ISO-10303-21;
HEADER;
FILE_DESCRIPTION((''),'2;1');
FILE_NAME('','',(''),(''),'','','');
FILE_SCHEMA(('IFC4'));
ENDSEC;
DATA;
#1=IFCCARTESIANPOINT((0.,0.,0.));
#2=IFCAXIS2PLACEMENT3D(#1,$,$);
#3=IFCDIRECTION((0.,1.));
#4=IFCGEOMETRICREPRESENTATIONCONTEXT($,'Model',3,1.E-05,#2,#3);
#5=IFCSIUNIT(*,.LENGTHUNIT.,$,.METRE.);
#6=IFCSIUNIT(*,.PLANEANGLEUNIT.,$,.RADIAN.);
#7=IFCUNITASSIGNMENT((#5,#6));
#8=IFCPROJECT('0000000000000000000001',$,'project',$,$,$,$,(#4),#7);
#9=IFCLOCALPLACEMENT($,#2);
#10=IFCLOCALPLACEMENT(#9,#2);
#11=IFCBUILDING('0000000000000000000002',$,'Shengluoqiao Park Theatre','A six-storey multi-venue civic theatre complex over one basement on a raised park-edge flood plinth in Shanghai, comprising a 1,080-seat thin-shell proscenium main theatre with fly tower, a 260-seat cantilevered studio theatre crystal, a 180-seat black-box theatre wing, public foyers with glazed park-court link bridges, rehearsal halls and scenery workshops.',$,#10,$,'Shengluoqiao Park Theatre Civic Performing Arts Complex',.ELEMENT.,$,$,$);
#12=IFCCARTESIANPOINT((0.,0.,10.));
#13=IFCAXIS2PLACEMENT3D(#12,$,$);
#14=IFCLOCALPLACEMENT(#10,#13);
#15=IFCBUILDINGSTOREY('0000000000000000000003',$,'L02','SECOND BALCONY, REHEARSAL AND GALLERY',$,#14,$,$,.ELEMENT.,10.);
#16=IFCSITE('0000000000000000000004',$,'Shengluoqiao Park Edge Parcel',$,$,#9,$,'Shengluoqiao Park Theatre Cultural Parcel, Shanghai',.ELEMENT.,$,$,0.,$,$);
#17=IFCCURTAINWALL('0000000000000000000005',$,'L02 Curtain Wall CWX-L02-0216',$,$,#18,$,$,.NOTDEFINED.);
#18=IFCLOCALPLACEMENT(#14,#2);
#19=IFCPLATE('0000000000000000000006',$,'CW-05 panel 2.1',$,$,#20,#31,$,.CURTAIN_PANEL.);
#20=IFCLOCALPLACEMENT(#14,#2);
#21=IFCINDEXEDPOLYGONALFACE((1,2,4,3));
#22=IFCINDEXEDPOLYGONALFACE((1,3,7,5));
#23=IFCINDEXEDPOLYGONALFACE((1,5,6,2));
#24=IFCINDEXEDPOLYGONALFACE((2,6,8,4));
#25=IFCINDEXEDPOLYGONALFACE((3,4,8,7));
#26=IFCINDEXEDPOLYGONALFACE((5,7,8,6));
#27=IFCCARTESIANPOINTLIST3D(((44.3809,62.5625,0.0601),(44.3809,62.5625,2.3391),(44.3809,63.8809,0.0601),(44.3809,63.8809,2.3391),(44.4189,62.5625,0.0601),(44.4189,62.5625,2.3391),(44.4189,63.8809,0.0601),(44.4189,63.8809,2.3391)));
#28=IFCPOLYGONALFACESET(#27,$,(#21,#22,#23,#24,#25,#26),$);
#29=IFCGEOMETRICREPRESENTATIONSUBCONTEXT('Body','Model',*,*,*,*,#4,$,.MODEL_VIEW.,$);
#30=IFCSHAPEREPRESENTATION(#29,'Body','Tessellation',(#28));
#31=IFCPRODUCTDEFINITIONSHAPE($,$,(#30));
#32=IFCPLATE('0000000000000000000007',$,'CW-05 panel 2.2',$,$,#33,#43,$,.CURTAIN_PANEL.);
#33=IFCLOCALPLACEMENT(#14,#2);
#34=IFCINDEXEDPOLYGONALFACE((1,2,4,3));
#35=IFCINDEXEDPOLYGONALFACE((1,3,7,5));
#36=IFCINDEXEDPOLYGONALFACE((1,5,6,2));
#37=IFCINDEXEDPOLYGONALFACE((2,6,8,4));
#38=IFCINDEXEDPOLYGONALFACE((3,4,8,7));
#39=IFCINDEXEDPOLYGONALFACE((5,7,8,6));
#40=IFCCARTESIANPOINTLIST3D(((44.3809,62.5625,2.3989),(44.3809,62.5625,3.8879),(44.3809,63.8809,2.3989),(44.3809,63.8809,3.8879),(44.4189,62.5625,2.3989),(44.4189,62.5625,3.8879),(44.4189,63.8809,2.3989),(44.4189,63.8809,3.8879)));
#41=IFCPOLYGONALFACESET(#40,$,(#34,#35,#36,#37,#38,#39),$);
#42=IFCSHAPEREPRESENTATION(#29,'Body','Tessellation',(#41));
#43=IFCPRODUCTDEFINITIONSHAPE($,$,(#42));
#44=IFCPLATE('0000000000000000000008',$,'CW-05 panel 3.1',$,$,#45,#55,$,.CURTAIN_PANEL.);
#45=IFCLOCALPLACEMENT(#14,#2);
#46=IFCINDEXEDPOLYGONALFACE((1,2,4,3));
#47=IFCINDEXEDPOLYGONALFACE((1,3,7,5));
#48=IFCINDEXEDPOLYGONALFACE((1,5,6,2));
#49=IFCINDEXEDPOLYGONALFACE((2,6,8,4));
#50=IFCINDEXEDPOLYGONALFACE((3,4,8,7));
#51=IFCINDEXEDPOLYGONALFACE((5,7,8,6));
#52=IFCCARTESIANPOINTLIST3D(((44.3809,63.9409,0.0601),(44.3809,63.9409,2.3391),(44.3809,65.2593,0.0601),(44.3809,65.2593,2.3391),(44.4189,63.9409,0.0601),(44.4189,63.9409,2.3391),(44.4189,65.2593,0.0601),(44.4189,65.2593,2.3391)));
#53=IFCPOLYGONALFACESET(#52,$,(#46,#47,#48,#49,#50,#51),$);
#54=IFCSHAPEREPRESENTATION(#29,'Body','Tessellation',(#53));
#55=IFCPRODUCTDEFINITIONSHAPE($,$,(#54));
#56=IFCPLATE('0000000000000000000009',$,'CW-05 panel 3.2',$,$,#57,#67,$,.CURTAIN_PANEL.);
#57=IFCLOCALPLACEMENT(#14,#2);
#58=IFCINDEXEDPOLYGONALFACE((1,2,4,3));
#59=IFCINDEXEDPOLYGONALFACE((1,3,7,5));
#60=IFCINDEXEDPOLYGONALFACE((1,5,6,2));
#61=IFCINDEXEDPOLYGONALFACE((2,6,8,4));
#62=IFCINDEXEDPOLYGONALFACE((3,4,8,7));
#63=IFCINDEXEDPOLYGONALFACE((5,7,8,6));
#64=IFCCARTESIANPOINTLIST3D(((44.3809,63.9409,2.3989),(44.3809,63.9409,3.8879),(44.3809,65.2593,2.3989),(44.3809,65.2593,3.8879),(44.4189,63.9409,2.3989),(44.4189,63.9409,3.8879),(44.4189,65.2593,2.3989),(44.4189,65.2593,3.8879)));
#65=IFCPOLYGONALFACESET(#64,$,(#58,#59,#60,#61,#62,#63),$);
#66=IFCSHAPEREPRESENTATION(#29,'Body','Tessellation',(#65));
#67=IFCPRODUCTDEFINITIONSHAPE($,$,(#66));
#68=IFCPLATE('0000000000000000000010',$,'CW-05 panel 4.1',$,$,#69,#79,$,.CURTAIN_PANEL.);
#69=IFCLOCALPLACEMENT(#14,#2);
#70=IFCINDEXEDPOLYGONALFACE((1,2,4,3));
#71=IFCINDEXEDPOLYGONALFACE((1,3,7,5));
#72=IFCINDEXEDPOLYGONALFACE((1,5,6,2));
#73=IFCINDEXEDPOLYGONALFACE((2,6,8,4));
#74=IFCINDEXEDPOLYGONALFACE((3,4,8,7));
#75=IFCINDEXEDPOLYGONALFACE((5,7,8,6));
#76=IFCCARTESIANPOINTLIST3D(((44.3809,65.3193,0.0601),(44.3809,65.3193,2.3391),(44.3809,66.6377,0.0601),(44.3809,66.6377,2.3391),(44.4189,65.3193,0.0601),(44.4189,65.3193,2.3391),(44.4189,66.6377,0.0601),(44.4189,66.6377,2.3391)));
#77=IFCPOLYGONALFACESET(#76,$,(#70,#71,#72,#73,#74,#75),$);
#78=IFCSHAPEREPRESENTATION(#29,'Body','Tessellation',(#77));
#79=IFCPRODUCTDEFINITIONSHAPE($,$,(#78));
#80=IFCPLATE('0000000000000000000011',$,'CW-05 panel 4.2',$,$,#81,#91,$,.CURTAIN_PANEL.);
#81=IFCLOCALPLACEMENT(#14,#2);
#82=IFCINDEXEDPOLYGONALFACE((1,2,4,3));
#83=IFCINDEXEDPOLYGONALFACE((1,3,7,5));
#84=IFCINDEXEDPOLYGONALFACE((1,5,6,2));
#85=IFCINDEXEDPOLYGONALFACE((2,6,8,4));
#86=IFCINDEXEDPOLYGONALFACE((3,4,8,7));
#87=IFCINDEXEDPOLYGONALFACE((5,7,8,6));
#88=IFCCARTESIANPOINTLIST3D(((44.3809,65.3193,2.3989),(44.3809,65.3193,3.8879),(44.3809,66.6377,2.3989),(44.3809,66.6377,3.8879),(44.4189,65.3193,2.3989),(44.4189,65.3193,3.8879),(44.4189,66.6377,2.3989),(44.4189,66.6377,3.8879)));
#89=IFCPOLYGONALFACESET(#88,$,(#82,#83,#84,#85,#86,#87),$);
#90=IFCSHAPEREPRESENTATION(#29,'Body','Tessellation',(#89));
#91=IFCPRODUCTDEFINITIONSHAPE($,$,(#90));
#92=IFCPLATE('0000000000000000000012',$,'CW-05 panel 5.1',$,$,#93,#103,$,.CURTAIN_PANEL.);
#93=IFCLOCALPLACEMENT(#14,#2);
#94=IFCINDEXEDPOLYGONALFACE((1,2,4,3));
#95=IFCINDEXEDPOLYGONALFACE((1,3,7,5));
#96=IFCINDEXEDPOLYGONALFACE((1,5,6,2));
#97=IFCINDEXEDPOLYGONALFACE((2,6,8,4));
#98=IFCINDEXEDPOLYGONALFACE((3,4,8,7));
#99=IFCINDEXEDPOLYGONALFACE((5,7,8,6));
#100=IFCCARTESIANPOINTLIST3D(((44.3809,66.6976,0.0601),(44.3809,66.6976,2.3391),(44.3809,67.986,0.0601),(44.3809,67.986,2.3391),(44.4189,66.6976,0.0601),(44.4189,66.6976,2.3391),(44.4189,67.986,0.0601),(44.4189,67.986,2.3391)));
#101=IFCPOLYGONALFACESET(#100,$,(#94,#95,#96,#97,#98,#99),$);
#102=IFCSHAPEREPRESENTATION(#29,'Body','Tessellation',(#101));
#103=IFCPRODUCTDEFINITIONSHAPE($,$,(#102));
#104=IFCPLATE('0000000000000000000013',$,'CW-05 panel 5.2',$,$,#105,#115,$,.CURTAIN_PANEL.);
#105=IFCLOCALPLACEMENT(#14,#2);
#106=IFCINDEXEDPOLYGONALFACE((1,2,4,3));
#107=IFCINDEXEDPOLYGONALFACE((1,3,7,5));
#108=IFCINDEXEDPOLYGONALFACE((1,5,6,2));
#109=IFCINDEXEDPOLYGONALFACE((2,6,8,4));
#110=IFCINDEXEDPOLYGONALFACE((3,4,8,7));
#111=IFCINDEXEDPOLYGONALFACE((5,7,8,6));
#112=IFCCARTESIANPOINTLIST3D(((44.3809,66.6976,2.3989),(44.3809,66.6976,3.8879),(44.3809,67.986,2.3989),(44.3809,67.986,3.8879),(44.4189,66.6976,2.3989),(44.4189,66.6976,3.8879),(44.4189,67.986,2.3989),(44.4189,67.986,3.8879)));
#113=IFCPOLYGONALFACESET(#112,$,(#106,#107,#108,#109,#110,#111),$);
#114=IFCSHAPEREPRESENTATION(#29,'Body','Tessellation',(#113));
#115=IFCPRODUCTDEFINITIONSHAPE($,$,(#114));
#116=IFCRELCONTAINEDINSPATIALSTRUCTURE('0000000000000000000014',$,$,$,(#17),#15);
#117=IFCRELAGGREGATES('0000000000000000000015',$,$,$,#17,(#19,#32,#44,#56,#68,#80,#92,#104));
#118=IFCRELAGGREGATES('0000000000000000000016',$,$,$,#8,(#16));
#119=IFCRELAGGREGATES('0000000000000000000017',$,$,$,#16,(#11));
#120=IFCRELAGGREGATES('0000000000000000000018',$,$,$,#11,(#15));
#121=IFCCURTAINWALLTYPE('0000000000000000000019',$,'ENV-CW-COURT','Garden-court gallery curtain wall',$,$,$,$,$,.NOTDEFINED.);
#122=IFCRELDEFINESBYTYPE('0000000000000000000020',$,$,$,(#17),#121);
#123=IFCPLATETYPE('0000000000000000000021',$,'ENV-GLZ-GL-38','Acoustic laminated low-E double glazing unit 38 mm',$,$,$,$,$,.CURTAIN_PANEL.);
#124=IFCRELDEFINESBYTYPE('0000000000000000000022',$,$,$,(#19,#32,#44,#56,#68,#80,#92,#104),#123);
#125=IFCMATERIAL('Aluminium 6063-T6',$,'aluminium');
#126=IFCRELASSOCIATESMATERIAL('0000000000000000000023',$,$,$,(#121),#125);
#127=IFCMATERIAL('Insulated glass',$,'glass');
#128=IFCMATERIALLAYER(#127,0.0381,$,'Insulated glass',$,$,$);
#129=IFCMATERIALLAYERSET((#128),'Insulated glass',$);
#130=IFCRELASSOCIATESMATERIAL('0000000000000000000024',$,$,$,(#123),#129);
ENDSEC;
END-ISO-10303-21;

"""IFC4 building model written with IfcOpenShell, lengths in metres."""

from ifc_helpers import new_model, si_unit, direction, frame, origin, origin_2d, place, context, subcontext, project, spatial, rectangle, extrude, material, layer, layer_set, type_object, element, aggregate, save


model = new_model("IFC4")

# Units and contexts
model_context = context("Model", 3, precision=1e-05, world=origin(), true_north=direction((0.0, 1.0)))
body_context = subcontext(model_context, "Body", "Model", "MODEL_VIEW")
ifc_project = project(units=[si_unit("LENGTHUNIT", "METRE"), si_unit("PLANEANGLEUNIT", "RADIAN")], contexts=[model_context])

# Site, building, storey
site_placement = place(None, origin())
site = spatial("IfcSite", under=ifc_project, at=site_placement, Name="Shengluoqiao Park Edge Parcel", LongName="Shengluoqiao Park Theatre Cultural Parcel, Shanghai", CompositionType="ELEMENT", RefElevation=0.0)
building_placement = place(site_placement, origin())
building = spatial("IfcBuilding", under=site, at=building_placement, Name="Shengluoqiao Park Theatre", Description="A six-storey multi-venue civic theatre complex over one basement on a raised park-edge flood plinth in Shanghai, comprising a 1,080-seat thin-shell proscenium main theatre with fly tower, a 260-seat cantilevered studio theatre crystal, a 180-seat black-box theatre wing, public foyers with glazed park-court link bridges, rehearsal halls and scenery workshops.", LongName="Shengluoqiao Park Theatre Civic Performing Arts Complex", CompositionType="ELEMENT")
storey_placement = place(building_placement, frame((0.0, 0.0, 10.0)))
storey = spatial("IfcBuildingStorey", under=building, at=storey_placement, Name="L02", Description="SECOND BALCONY, REHEARSAL AND GALLERY", CompositionType="ELEMENT", Elevation=10.0)

# Curtain wall
ifc_material_1 = material(Name="Aluminium 6063-T6", Category="aluminium")
curtain_wall_type = type_object("IfcCurtainWallType", Name="ENV-CW-COURT", Description="Garden-court gallery curtain wall", PredefinedType="NOTDEFINED", material=ifc_material_1)
curtain_wall_placement = place(storey_placement, origin())
curtain_wall = element("IfcCurtainWall", 1, at=curtain_wall_placement, inside=storey, type_object=curtain_wall_type, Name="L02 Curtain Wall CWX-L02-0216", PredefinedType="NOTDEFINED")

# Plates
ifc_material_2 = material(Name="Insulated glass", Category="glass")
ifc_layer = layer(ifc_material_2, 0.0381, Name="Insulated glass")
ifc_layer_set = layer_set([ifc_layer], Name="Insulated glass")
plate_type = type_object("IfcPlateType", Name="ENV-GLZ-GL-38", Description="Acoustic laminated low-E double glazing unit 38 mm", PredefinedType="CURTAIN_PANEL", material=ifc_layer_set)
plate_1_placement = place(storey_placement, frame((44.3999, 63.2217, 0.0601), z_axis=(0.0, 0.0, 1.0), x_axis=(0.0, 1.0, 0.0)))
plate_1 = element("IfcPlate", 2, at=plate_1_placement, type_object=plate_type, Name="CW-05 panel 2.1", PredefinedType="CURTAIN_PANEL", context=body_context, shape_type="SweptSolid", body=[
    extrude(rectangle(XDim=1.3184, YDim=0.0381, at=origin_2d()), origin(), (0.0, 0.0, 1.0), 2.2791),
])
plate_2_placement = place(storey_placement, frame((44.3999, 63.2217, 2.3989), z_axis=(0.0, 0.0, 1.0), x_axis=(0.0, 1.0, 0.0)))
plate_2 = element("IfcPlate", 3, at=plate_2_placement, type_object=plate_type, Name="CW-05 panel 2.2", PredefinedType="CURTAIN_PANEL", context=body_context, shape_type="SweptSolid", body=[
    extrude(rectangle(XDim=1.3184, YDim=0.0381, at=origin_2d()), origin(), (0.0, 0.0, 1.0), 1.489),
])
plate_3_placement = place(storey_placement, frame((44.3999, 64.6001, 0.0601), z_axis=(0.0, 0.0, 1.0), x_axis=(0.0, 1.0, 0.0)))
plate_3 = element("IfcPlate", 4, at=plate_3_placement, type_object=plate_type, Name="CW-05 panel 3.1", PredefinedType="CURTAIN_PANEL", context=body_context, shape_type="SweptSolid", body=[
    extrude(rectangle(XDim=1.3184, YDim=0.0381, at=origin_2d()), origin(), (0.0, 0.0, 1.0), 2.2791),
])
plate_4_placement = place(storey_placement, frame((44.3999, 64.6001, 2.3989), z_axis=(0.0, 0.0, 1.0), x_axis=(0.0, 1.0, 0.0)))
plate_4 = element("IfcPlate", 5, at=plate_4_placement, type_object=plate_type, Name="CW-05 panel 3.2", PredefinedType="CURTAIN_PANEL", context=body_context, shape_type="SweptSolid", body=[
    extrude(rectangle(XDim=1.3184, YDim=0.0381, at=origin_2d()), origin(), (0.0, 0.0, 1.0), 1.489),
])
plate_5_placement = place(storey_placement, frame((44.3999, 65.9785, 0.0601), z_axis=(0.0, 0.0, 1.0), x_axis=(0.0, 1.0, 0.0)))
plate_5 = element("IfcPlate", 6, at=plate_5_placement, type_object=plate_type, Name="CW-05 panel 4.1", PredefinedType="CURTAIN_PANEL", context=body_context, shape_type="SweptSolid", body=[
    extrude(rectangle(XDim=1.3184, YDim=0.0381, at=origin_2d()), origin(), (0.0, 0.0, 1.0), 2.2791),
])
plate_6_placement = place(storey_placement, frame((44.3999, 65.9785, 2.3989), z_axis=(0.0, 0.0, 1.0), x_axis=(0.0, 1.0, 0.0)))
plate_6 = element("IfcPlate", 7, at=plate_6_placement, type_object=plate_type, Name="CW-05 panel 4.2", PredefinedType="CURTAIN_PANEL", context=body_context, shape_type="SweptSolid", body=[
    extrude(rectangle(XDim=1.3184, YDim=0.0381, at=origin_2d()), origin(), (0.0, 0.0, 1.0), 1.489),
])
plate_7_placement = place(storey_placement, frame((44.3999, 67.3418, 0.0601), z_axis=(0.0, 0.0, 1.0), x_axis=(0.0, 1.0, 0.0)))
plate_7 = element("IfcPlate", 8, at=plate_7_placement, type_object=plate_type, Name="CW-05 panel 5.1", PredefinedType="CURTAIN_PANEL", context=body_context, shape_type="SweptSolid", body=[
    extrude(rectangle(XDim=1.2883, YDim=0.0381, at=origin_2d()), origin(), (0.0, 0.0, 1.0), 2.2791),
])
plate_8_placement = place(storey_placement, frame((44.3999, 67.3418, 2.3989), z_axis=(0.0, 0.0, 1.0), x_axis=(0.0, 1.0, 0.0)))
plate_8 = element("IfcPlate", 9, at=plate_8_placement, type_object=plate_type, Name="CW-05 panel 5.2", PredefinedType="CURTAIN_PANEL", context=body_context, shape_type="SweptSolid", body=[
    extrude(rectangle(XDim=1.2883, YDim=0.0381, at=origin_2d()), origin(), (0.0, 0.0, 1.0), 1.489),
])
aggregate(curtain_wall, [plate_1, plate_2, plate_3, plate_4, plate_5, plate_6, plate_7, plate_8])

save(model, "model.ifc")
